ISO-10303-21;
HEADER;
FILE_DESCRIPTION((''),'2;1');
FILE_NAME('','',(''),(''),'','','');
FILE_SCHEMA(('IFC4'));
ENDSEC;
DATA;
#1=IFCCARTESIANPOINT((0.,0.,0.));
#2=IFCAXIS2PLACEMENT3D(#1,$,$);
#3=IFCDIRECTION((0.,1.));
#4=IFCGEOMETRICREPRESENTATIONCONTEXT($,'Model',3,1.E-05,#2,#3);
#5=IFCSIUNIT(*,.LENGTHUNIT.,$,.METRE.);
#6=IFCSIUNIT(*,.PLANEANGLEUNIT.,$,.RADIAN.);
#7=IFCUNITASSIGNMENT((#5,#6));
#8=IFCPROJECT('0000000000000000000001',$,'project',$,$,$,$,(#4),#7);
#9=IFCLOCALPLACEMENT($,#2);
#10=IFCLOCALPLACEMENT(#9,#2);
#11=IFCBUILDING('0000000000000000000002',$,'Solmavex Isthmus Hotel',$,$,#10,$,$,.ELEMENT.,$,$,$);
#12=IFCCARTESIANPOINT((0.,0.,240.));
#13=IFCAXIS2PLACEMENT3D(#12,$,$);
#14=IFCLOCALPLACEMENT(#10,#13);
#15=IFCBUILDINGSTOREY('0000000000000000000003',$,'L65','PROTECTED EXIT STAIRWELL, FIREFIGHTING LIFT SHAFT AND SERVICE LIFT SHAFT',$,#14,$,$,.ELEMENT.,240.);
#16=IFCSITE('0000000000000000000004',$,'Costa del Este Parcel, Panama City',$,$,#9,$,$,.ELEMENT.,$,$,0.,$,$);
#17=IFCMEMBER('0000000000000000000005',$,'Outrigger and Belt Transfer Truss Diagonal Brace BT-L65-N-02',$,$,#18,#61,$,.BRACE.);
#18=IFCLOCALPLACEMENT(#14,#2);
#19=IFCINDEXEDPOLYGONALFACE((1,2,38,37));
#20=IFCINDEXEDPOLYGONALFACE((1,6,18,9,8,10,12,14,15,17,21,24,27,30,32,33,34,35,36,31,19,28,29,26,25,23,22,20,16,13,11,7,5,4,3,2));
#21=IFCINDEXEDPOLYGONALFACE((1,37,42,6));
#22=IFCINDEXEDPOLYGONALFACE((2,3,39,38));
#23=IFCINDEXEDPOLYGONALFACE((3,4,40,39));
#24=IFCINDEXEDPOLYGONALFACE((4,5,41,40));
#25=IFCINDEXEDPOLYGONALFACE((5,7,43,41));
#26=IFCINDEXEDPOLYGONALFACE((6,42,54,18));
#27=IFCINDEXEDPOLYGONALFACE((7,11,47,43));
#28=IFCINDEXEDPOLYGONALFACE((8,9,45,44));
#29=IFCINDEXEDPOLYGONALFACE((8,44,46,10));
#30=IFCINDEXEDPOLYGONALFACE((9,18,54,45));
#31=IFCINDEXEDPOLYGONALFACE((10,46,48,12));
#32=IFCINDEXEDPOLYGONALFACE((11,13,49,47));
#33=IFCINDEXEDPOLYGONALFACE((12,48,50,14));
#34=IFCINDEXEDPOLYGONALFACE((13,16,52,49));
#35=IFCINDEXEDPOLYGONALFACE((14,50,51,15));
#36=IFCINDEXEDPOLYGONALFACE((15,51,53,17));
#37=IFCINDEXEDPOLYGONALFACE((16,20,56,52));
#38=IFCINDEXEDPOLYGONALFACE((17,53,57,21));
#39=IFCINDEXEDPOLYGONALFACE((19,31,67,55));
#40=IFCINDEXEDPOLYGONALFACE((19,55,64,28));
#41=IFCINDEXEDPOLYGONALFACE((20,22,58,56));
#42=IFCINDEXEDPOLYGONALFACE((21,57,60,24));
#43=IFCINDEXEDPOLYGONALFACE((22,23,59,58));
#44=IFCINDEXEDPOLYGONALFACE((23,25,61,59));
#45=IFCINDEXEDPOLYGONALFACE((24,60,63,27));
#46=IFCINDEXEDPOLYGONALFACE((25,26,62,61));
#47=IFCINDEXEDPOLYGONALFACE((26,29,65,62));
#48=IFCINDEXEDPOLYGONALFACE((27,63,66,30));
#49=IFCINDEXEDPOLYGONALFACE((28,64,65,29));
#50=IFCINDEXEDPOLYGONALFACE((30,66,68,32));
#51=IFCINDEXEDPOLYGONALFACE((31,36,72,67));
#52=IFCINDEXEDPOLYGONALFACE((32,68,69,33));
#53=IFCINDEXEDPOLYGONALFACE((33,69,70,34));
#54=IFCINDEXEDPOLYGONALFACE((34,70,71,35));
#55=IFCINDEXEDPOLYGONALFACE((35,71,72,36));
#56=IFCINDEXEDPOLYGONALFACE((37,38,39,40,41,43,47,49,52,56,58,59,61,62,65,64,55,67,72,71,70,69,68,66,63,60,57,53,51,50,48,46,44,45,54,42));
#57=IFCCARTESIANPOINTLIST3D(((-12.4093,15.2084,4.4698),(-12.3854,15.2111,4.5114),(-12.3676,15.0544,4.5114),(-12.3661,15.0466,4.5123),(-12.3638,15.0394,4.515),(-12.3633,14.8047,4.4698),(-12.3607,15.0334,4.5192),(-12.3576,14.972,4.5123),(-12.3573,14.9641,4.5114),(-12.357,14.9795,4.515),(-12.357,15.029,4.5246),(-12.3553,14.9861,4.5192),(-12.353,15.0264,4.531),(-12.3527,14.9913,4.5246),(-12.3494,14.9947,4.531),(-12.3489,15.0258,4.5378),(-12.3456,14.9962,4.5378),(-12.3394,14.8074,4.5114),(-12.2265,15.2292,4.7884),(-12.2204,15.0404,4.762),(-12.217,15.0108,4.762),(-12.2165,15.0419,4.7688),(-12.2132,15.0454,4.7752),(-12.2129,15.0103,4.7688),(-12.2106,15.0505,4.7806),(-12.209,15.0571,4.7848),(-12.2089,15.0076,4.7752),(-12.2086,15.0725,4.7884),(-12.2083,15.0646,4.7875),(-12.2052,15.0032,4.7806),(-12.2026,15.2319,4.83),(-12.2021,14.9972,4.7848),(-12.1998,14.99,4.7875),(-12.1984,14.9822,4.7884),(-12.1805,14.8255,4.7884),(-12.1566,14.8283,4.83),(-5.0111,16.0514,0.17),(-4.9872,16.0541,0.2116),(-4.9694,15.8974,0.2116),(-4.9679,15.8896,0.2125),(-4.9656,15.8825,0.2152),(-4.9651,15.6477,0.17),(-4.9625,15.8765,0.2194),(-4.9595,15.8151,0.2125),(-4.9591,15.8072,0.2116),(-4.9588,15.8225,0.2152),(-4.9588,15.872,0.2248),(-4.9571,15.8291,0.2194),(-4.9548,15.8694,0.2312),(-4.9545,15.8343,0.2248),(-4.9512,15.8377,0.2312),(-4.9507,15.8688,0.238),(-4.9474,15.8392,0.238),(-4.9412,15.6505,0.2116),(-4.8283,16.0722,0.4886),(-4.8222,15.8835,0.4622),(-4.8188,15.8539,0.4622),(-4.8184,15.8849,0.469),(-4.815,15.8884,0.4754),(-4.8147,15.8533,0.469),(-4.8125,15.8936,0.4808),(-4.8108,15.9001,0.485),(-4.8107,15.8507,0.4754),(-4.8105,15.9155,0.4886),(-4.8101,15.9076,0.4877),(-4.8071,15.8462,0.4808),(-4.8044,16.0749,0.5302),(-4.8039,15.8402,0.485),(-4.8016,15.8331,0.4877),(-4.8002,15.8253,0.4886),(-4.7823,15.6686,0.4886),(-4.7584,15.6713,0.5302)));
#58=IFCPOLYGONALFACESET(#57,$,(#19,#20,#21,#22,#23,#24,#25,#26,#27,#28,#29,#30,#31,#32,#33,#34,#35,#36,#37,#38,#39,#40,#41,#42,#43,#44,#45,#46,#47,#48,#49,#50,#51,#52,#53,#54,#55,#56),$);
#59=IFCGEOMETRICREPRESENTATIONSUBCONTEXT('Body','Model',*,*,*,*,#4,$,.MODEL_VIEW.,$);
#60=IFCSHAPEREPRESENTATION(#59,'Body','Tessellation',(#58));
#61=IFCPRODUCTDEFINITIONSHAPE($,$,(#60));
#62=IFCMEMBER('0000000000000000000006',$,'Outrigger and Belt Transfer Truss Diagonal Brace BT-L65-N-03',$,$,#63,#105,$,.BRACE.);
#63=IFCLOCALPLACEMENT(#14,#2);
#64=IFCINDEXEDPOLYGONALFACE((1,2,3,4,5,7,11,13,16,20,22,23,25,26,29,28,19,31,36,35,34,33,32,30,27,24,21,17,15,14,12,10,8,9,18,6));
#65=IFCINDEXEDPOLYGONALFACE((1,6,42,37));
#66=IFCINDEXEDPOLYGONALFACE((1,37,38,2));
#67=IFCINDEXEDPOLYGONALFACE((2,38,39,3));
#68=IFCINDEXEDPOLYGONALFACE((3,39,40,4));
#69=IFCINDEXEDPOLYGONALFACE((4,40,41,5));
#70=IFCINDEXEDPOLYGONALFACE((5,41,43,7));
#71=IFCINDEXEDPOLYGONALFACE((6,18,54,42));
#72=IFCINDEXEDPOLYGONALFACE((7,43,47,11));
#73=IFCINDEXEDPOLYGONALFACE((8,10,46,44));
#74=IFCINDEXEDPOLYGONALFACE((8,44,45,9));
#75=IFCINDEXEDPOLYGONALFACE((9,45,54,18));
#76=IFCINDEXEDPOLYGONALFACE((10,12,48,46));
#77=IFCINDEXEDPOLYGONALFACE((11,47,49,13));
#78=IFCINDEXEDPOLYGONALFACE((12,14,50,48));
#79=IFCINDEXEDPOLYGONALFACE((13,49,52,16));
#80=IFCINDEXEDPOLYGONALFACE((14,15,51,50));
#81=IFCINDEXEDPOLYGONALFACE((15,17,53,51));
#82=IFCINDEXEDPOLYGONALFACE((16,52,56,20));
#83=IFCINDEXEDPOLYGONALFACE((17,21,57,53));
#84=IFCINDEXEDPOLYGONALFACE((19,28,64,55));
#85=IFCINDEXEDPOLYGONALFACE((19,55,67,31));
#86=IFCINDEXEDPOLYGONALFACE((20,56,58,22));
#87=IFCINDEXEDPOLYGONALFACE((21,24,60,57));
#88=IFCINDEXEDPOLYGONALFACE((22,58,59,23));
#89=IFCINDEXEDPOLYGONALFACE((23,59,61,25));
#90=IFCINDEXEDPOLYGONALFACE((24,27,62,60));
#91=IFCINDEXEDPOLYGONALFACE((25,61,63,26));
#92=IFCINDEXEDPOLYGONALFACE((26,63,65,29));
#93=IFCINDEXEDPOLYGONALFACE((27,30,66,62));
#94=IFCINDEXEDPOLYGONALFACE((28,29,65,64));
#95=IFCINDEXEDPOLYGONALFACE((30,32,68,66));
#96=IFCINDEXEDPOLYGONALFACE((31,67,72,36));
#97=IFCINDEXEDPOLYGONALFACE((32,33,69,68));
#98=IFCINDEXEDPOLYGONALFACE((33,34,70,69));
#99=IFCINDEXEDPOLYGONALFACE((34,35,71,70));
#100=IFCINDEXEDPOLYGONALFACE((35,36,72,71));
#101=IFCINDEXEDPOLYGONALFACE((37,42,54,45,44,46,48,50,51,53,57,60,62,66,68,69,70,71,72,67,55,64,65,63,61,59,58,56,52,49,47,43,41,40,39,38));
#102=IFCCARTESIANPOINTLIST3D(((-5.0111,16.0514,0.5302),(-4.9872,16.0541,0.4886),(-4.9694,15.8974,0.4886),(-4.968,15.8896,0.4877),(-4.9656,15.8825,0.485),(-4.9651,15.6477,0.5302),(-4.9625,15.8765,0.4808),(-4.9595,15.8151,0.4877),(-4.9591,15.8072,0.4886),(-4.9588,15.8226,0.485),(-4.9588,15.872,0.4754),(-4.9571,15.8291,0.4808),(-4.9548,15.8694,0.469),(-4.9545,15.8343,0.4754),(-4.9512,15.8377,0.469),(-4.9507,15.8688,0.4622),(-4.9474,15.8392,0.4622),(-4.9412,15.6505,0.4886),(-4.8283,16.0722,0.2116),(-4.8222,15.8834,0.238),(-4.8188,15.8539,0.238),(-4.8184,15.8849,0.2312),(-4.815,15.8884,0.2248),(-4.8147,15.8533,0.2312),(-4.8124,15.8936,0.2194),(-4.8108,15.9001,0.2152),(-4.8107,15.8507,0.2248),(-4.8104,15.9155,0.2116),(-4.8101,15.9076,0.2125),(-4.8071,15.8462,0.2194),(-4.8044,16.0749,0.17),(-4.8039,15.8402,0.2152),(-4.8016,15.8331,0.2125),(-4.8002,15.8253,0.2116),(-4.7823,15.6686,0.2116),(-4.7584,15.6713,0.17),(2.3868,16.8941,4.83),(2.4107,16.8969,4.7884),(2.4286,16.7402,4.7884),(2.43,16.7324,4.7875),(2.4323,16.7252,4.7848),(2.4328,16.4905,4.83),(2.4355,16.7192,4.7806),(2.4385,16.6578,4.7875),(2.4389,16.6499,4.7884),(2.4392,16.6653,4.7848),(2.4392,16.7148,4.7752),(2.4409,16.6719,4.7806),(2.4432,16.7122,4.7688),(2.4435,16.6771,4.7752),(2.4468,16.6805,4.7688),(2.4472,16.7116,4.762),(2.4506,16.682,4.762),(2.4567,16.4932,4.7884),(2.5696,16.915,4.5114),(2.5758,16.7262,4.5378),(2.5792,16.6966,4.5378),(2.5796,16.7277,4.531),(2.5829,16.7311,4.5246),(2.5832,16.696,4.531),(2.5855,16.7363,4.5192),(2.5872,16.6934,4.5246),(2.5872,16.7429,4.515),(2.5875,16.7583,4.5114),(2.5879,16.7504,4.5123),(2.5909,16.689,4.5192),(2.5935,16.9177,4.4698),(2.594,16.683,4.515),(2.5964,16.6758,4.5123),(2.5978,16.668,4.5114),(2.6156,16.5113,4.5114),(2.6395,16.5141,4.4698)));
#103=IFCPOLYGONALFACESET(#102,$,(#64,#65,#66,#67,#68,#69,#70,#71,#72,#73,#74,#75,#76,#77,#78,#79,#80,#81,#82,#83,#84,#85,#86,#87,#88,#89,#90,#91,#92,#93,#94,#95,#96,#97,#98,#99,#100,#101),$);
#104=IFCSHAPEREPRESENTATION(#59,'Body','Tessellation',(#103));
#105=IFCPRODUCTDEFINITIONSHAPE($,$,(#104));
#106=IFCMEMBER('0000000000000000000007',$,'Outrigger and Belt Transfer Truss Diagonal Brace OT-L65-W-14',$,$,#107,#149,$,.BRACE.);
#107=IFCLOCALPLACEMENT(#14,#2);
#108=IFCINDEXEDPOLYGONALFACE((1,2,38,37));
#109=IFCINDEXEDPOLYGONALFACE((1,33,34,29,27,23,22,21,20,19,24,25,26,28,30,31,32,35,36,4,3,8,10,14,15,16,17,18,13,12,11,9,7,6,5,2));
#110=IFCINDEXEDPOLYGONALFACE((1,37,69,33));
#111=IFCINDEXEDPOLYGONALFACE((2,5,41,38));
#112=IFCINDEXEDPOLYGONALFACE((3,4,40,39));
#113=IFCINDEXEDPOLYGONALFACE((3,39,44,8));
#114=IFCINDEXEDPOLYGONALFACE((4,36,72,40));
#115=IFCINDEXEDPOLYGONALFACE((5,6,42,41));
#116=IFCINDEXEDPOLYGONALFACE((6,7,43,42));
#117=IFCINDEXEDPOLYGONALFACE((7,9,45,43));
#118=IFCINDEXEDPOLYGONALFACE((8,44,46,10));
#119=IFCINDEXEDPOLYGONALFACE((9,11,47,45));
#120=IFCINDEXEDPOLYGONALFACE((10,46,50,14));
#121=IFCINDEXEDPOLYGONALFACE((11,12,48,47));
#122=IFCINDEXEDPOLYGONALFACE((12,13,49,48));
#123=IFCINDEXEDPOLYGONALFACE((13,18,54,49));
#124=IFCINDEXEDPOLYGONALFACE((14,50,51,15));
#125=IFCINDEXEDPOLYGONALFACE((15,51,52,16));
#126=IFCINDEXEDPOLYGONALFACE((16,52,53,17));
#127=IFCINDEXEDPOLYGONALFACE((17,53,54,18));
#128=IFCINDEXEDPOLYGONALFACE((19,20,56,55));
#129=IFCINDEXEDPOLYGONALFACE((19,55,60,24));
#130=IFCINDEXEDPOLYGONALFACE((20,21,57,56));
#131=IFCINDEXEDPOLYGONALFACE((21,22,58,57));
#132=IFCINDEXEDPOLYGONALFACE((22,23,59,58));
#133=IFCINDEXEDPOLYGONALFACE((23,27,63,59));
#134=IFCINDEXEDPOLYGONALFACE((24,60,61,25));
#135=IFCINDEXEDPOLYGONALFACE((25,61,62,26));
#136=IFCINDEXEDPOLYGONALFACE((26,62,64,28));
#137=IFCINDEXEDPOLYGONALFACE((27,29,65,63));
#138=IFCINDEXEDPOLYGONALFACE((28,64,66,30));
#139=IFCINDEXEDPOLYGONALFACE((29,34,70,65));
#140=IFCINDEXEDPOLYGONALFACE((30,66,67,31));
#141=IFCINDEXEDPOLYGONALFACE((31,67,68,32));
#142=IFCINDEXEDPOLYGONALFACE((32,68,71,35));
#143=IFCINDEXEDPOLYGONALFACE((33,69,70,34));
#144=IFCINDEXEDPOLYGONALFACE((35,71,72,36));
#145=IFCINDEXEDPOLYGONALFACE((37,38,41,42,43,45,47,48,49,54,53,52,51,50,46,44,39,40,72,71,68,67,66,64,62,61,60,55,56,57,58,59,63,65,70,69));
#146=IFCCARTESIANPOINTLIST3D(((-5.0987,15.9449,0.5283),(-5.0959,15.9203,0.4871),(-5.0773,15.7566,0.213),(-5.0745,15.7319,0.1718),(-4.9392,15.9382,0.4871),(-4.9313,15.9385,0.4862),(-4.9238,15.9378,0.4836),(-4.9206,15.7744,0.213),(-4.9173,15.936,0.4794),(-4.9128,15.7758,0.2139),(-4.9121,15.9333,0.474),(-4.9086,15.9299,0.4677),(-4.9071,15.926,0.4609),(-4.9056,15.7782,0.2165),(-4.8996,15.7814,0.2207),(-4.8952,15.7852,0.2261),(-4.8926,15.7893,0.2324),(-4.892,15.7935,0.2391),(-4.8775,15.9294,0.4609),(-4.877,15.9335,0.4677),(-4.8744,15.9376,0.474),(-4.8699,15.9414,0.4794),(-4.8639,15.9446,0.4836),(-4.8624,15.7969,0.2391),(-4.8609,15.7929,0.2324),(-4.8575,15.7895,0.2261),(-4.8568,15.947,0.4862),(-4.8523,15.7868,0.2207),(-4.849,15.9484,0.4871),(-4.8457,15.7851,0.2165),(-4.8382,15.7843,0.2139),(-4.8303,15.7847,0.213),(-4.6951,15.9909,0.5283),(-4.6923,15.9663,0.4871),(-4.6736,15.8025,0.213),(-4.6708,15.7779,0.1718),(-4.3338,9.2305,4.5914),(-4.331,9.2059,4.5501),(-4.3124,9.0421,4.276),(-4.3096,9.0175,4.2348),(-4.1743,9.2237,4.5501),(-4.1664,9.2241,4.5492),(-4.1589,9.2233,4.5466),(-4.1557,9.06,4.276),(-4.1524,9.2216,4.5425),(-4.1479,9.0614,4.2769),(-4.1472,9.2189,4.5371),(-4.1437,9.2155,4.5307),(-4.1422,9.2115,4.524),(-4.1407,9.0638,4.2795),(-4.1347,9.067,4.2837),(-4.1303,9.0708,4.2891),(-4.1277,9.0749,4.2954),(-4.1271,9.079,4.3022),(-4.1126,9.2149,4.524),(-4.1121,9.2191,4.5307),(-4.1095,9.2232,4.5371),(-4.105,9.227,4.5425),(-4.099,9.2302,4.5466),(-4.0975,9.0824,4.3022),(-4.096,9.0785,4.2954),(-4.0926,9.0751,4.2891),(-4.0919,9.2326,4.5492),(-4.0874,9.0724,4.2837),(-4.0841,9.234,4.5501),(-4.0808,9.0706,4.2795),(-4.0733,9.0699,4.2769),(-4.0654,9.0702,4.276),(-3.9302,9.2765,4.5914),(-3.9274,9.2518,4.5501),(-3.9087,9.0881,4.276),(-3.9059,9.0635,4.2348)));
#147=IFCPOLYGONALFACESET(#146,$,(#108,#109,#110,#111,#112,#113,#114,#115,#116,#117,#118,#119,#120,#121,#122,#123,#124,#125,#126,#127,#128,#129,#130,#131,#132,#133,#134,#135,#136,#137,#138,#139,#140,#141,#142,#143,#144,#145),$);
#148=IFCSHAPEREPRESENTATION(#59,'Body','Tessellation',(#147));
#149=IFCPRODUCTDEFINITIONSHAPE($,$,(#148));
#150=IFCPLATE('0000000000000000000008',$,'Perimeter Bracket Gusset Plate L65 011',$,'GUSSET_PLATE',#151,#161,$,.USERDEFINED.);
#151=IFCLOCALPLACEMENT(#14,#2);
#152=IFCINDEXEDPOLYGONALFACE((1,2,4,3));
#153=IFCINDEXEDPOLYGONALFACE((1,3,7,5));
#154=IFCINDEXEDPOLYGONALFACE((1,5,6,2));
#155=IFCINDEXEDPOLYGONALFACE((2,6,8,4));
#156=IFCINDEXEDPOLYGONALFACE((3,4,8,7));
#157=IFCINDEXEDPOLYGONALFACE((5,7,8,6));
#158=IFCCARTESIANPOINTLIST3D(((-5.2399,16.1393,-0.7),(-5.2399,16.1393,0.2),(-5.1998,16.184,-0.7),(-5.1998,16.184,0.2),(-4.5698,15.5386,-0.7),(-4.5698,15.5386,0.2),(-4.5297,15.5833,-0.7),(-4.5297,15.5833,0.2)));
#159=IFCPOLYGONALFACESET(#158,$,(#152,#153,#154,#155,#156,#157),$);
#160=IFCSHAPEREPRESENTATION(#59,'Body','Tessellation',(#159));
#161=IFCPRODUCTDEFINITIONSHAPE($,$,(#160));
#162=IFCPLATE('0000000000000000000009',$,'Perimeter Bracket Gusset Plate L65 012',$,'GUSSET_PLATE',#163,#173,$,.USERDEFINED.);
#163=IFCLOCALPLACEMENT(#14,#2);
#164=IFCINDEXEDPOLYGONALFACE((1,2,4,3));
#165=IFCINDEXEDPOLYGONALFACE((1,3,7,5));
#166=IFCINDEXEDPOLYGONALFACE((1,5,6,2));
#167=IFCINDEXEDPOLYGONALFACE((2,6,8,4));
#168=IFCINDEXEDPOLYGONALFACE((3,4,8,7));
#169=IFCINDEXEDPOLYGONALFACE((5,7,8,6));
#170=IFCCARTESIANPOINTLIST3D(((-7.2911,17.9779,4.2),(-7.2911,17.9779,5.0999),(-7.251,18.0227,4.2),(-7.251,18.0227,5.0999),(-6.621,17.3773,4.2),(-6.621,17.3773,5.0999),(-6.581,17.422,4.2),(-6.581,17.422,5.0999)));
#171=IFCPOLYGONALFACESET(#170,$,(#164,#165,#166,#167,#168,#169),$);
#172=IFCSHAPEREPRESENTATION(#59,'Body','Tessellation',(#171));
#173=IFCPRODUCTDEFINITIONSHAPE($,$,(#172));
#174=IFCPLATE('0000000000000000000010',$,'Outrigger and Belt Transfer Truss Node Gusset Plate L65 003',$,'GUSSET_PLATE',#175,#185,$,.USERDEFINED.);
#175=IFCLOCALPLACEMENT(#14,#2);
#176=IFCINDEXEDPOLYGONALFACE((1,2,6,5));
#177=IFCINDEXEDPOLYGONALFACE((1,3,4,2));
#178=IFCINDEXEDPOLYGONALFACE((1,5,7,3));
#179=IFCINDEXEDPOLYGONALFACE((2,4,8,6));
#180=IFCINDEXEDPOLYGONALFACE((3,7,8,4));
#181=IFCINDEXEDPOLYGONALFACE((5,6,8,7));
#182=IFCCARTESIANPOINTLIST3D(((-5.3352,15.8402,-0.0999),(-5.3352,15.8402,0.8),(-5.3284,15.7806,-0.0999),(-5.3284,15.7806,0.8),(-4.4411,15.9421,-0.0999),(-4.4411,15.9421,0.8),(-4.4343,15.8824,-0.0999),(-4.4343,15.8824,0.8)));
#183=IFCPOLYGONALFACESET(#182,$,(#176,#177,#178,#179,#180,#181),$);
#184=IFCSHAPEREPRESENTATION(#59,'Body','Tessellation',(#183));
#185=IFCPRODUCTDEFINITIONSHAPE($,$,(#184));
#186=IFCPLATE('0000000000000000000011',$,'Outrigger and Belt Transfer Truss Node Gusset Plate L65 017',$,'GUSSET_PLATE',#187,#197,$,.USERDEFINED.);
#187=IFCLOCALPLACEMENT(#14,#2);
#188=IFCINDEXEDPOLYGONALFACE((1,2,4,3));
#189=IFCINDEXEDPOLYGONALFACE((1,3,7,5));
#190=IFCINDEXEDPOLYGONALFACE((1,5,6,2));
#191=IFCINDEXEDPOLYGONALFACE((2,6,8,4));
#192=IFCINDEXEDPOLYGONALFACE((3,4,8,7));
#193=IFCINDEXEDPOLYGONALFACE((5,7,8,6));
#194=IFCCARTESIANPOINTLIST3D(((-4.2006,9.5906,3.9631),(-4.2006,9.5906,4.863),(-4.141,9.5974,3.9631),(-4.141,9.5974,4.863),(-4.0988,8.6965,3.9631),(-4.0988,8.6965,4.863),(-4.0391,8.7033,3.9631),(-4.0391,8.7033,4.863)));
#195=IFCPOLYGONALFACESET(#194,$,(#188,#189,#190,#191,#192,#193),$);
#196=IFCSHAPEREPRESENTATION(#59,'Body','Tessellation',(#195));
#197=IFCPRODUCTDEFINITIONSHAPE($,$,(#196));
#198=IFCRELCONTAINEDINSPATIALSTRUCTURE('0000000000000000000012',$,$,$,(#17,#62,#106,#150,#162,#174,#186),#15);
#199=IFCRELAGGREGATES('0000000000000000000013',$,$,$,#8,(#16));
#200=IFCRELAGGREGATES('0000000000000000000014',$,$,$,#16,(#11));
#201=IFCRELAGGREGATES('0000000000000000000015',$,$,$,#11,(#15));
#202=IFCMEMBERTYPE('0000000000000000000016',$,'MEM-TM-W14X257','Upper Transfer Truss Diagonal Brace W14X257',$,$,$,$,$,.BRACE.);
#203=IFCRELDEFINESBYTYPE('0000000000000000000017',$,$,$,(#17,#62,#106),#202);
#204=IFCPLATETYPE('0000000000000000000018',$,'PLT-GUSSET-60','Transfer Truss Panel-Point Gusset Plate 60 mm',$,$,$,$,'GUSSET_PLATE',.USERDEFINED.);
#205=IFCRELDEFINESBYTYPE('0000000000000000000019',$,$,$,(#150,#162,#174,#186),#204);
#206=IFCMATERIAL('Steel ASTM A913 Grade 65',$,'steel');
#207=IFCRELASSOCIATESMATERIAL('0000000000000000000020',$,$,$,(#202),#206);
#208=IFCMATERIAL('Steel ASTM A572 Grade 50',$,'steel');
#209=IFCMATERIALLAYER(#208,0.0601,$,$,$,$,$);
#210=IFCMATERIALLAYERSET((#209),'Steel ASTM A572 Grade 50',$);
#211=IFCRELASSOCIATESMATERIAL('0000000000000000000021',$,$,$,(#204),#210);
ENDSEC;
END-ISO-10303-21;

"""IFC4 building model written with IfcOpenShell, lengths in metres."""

from ifc_helpers import new_model, si_unit, direction, frame, origin, origin_2d, place, context, subcontext, project, spatial, rectangle, i_section, extrude, material, layer, layer_set, material_profile, profile_set, type_object, element, save


model = new_model("IFC4")

# Units and contexts
model_context = context("Model", 3, precision=1e-05, world=origin(), true_north=direction((0.0, 1.0)))
body_context = subcontext(model_context, "Body", "Model", "MODEL_VIEW")
ifc_project = project(units=[si_unit("LENGTHUNIT", "METRE"), si_unit("PLANEANGLEUNIT", "RADIAN")], contexts=[model_context])

# Site, building, storey
site_placement = place(None, origin())
site = spatial("IfcSite", under=ifc_project, at=site_placement, Name="Costa del Este Parcel, Panama City", CompositionType="ELEMENT", RefElevation=0.0)
building_placement = place(site_placement, origin())
building = spatial("IfcBuilding", under=site, at=building_placement, Name="Solmavex Isthmus Hotel", CompositionType="ELEMENT")
storey_placement = place(building_placement, frame((0.0, 0.0, 240.0)))
storey = spatial("IfcBuildingStorey", under=building, at=storey_placement, Name="L65", Description="PROTECTED EXIT STAIRWELL, FIREFIGHTING LIFT SHAFT AND SERVICE LIFT SHAFT", CompositionType="ELEMENT", Elevation=240.0)

# Shared definitions
ifc_material_1 = material(Name="Steel ASTM A913 Grade 65", Category="steel")

# Members
ifc_material_profile_1 = material_profile(ifc_material_1, i_section(OverallWidth=0.4062, OverallDepth=0.416, WebThickness=0.0298, FlangeThickness=0.0481, FilletRadius=0.0305, at=origin_2d()), Name="W14X257")
ifc_profile_set_1 = profile_set([ifc_material_profile_1], Name="Steel ASTM A913 Grade 65")
member_type_1 = type_object("IfcMemberType", Name="MEM-TM-W14X257", Description="Upper Transfer Truss Diagonal Brace W14X257", PredefinedType="BRACE", material=ifc_profile_set_1)
member_1_placement = place(storey_placement, frame((-12.283, 15.0183, 4.6499), z_axis=(0.860416, 0.098044, -0.500071), x_axis=(-0.113216, 0.99357, 0.0)))
element("IfcMember", 1, at=member_1_placement, inside=storey, type_object=member_type_1, Name="Outrigger and Belt Transfer Truss Diagonal Brace BT-L65-N-02", PredefinedType="BRACE", context=body_context, shape_type="SweptSolid", body=[
    extrude(i_section(OverallWidth=0.4062, OverallDepth=0.416, WebThickness=0.0298, FlangeThickness=0.0481, FilletRadius=0.0305, at=origin_2d()), origin(), (0.0, 0.0, 1.0), 8.5984),
])
member_2_placement = place(storey_placement, frame((-4.8848, 15.8613, 0.3501), z_axis=(0.860411, 0.098018, 0.500085), x_axis=(-0.113188, 0.993574, 0.0)))
element("IfcMember", 2, at=member_2_placement, inside=storey, type_object=member_type_1, Name="Outrigger and Belt Transfer Truss Diagonal Brace BT-L65-N-03", PredefinedType="BRACE", context=body_context, shape_type="SweptSolid", body=[
    extrude(i_section(OverallWidth=0.4062, OverallDepth=0.416, WebThickness=0.0298, FlangeThickness=0.0481, FilletRadius=0.0305, at=origin_2d()), origin(), (0.0, 0.0, 1.0), 8.5981),
])
member_3_placement = place(storey_placement, frame((-4.1199, 9.147, 4.4131), z_axis=(-0.097004, 0.85152, -0.515271), x_axis=(-0.993574, -0.113187, 0.0)))
element("IfcMember", 3, at=member_3_placement, inside=storey, type_object=member_type_1, Name="Outrigger and Belt Transfer Truss Diagonal Brace OT-L65-W-14", PredefinedType="BRACE", context=body_context, shape_type="SweptSolid", body=[
    extrude(i_section(OverallWidth=0.4062, OverallDepth=0.416, WebThickness=0.0298, FlangeThickness=0.0481, FilletRadius=0.0305, at=origin_2d()), origin(), (0.0, 0.0, 1.0), 7.8853),
])

# Plates
ifc_material_2 = material(Name="Steel ASTM A572 Grade 50", Category="steel")
ifc_layer = layer(ifc_material_2, 0.0601)
ifc_layer_set = layer_set([ifc_layer], Name="Steel ASTM A572 Grade 50")
plate_type = type_object("IfcPlateType", Name="PLT-GUSSET-60", Description="Transfer Truss Panel-Point Gusset Plate 60 mm", ElementType="GUSSET_PLATE", PredefinedType="USERDEFINED", material=ifc_layer_set)
for number, where, z_axis, x_axis, name in (
    (4, (-4.8848, 15.8613, -0.7), (0.0, 0.0, 1.0), (-0.744615, 0.667495, 0.0), "Perimeter Bracket Gusset Plate L65 011"),
    (5, (-6.936, 17.7, 4.2), (0.0, 0.0, 1.0), (-0.744615, 0.667495, 0.0), "Perimeter Bracket Gusset Plate L65 012"),
    (6, (-4.8848, 15.8613, -0.0999), (0.0, 0.0, 1.0), (0.993572, 0.113203, 0.0), "Outrigger and Belt Transfer Truss Node Gusset Plate L65 003"),
    (7, (-4.1199, 9.147, 3.9631), (0.0, 0.0, 1.0), (-0.113203, 0.993572, 0.0), "Outrigger and Belt Transfer Truss Node Gusset Plate L65 017"),
):
    element("IfcPlate", number, at=place(storey_placement, frame(where, z_axis=z_axis, x_axis=x_axis)), inside=storey, type_object=plate_type, Name=name, ObjectType="GUSSET_PLATE", PredefinedType="USERDEFINED", context=body_context, shape_type="SweptSolid", body=[
        extrude(rectangle(XDim=0.8999, YDim=0.0601, at=origin_2d()), origin(), (0.0, 0.0, 1.0), 0.8999),
    ])

save(model, "model.ifc")
